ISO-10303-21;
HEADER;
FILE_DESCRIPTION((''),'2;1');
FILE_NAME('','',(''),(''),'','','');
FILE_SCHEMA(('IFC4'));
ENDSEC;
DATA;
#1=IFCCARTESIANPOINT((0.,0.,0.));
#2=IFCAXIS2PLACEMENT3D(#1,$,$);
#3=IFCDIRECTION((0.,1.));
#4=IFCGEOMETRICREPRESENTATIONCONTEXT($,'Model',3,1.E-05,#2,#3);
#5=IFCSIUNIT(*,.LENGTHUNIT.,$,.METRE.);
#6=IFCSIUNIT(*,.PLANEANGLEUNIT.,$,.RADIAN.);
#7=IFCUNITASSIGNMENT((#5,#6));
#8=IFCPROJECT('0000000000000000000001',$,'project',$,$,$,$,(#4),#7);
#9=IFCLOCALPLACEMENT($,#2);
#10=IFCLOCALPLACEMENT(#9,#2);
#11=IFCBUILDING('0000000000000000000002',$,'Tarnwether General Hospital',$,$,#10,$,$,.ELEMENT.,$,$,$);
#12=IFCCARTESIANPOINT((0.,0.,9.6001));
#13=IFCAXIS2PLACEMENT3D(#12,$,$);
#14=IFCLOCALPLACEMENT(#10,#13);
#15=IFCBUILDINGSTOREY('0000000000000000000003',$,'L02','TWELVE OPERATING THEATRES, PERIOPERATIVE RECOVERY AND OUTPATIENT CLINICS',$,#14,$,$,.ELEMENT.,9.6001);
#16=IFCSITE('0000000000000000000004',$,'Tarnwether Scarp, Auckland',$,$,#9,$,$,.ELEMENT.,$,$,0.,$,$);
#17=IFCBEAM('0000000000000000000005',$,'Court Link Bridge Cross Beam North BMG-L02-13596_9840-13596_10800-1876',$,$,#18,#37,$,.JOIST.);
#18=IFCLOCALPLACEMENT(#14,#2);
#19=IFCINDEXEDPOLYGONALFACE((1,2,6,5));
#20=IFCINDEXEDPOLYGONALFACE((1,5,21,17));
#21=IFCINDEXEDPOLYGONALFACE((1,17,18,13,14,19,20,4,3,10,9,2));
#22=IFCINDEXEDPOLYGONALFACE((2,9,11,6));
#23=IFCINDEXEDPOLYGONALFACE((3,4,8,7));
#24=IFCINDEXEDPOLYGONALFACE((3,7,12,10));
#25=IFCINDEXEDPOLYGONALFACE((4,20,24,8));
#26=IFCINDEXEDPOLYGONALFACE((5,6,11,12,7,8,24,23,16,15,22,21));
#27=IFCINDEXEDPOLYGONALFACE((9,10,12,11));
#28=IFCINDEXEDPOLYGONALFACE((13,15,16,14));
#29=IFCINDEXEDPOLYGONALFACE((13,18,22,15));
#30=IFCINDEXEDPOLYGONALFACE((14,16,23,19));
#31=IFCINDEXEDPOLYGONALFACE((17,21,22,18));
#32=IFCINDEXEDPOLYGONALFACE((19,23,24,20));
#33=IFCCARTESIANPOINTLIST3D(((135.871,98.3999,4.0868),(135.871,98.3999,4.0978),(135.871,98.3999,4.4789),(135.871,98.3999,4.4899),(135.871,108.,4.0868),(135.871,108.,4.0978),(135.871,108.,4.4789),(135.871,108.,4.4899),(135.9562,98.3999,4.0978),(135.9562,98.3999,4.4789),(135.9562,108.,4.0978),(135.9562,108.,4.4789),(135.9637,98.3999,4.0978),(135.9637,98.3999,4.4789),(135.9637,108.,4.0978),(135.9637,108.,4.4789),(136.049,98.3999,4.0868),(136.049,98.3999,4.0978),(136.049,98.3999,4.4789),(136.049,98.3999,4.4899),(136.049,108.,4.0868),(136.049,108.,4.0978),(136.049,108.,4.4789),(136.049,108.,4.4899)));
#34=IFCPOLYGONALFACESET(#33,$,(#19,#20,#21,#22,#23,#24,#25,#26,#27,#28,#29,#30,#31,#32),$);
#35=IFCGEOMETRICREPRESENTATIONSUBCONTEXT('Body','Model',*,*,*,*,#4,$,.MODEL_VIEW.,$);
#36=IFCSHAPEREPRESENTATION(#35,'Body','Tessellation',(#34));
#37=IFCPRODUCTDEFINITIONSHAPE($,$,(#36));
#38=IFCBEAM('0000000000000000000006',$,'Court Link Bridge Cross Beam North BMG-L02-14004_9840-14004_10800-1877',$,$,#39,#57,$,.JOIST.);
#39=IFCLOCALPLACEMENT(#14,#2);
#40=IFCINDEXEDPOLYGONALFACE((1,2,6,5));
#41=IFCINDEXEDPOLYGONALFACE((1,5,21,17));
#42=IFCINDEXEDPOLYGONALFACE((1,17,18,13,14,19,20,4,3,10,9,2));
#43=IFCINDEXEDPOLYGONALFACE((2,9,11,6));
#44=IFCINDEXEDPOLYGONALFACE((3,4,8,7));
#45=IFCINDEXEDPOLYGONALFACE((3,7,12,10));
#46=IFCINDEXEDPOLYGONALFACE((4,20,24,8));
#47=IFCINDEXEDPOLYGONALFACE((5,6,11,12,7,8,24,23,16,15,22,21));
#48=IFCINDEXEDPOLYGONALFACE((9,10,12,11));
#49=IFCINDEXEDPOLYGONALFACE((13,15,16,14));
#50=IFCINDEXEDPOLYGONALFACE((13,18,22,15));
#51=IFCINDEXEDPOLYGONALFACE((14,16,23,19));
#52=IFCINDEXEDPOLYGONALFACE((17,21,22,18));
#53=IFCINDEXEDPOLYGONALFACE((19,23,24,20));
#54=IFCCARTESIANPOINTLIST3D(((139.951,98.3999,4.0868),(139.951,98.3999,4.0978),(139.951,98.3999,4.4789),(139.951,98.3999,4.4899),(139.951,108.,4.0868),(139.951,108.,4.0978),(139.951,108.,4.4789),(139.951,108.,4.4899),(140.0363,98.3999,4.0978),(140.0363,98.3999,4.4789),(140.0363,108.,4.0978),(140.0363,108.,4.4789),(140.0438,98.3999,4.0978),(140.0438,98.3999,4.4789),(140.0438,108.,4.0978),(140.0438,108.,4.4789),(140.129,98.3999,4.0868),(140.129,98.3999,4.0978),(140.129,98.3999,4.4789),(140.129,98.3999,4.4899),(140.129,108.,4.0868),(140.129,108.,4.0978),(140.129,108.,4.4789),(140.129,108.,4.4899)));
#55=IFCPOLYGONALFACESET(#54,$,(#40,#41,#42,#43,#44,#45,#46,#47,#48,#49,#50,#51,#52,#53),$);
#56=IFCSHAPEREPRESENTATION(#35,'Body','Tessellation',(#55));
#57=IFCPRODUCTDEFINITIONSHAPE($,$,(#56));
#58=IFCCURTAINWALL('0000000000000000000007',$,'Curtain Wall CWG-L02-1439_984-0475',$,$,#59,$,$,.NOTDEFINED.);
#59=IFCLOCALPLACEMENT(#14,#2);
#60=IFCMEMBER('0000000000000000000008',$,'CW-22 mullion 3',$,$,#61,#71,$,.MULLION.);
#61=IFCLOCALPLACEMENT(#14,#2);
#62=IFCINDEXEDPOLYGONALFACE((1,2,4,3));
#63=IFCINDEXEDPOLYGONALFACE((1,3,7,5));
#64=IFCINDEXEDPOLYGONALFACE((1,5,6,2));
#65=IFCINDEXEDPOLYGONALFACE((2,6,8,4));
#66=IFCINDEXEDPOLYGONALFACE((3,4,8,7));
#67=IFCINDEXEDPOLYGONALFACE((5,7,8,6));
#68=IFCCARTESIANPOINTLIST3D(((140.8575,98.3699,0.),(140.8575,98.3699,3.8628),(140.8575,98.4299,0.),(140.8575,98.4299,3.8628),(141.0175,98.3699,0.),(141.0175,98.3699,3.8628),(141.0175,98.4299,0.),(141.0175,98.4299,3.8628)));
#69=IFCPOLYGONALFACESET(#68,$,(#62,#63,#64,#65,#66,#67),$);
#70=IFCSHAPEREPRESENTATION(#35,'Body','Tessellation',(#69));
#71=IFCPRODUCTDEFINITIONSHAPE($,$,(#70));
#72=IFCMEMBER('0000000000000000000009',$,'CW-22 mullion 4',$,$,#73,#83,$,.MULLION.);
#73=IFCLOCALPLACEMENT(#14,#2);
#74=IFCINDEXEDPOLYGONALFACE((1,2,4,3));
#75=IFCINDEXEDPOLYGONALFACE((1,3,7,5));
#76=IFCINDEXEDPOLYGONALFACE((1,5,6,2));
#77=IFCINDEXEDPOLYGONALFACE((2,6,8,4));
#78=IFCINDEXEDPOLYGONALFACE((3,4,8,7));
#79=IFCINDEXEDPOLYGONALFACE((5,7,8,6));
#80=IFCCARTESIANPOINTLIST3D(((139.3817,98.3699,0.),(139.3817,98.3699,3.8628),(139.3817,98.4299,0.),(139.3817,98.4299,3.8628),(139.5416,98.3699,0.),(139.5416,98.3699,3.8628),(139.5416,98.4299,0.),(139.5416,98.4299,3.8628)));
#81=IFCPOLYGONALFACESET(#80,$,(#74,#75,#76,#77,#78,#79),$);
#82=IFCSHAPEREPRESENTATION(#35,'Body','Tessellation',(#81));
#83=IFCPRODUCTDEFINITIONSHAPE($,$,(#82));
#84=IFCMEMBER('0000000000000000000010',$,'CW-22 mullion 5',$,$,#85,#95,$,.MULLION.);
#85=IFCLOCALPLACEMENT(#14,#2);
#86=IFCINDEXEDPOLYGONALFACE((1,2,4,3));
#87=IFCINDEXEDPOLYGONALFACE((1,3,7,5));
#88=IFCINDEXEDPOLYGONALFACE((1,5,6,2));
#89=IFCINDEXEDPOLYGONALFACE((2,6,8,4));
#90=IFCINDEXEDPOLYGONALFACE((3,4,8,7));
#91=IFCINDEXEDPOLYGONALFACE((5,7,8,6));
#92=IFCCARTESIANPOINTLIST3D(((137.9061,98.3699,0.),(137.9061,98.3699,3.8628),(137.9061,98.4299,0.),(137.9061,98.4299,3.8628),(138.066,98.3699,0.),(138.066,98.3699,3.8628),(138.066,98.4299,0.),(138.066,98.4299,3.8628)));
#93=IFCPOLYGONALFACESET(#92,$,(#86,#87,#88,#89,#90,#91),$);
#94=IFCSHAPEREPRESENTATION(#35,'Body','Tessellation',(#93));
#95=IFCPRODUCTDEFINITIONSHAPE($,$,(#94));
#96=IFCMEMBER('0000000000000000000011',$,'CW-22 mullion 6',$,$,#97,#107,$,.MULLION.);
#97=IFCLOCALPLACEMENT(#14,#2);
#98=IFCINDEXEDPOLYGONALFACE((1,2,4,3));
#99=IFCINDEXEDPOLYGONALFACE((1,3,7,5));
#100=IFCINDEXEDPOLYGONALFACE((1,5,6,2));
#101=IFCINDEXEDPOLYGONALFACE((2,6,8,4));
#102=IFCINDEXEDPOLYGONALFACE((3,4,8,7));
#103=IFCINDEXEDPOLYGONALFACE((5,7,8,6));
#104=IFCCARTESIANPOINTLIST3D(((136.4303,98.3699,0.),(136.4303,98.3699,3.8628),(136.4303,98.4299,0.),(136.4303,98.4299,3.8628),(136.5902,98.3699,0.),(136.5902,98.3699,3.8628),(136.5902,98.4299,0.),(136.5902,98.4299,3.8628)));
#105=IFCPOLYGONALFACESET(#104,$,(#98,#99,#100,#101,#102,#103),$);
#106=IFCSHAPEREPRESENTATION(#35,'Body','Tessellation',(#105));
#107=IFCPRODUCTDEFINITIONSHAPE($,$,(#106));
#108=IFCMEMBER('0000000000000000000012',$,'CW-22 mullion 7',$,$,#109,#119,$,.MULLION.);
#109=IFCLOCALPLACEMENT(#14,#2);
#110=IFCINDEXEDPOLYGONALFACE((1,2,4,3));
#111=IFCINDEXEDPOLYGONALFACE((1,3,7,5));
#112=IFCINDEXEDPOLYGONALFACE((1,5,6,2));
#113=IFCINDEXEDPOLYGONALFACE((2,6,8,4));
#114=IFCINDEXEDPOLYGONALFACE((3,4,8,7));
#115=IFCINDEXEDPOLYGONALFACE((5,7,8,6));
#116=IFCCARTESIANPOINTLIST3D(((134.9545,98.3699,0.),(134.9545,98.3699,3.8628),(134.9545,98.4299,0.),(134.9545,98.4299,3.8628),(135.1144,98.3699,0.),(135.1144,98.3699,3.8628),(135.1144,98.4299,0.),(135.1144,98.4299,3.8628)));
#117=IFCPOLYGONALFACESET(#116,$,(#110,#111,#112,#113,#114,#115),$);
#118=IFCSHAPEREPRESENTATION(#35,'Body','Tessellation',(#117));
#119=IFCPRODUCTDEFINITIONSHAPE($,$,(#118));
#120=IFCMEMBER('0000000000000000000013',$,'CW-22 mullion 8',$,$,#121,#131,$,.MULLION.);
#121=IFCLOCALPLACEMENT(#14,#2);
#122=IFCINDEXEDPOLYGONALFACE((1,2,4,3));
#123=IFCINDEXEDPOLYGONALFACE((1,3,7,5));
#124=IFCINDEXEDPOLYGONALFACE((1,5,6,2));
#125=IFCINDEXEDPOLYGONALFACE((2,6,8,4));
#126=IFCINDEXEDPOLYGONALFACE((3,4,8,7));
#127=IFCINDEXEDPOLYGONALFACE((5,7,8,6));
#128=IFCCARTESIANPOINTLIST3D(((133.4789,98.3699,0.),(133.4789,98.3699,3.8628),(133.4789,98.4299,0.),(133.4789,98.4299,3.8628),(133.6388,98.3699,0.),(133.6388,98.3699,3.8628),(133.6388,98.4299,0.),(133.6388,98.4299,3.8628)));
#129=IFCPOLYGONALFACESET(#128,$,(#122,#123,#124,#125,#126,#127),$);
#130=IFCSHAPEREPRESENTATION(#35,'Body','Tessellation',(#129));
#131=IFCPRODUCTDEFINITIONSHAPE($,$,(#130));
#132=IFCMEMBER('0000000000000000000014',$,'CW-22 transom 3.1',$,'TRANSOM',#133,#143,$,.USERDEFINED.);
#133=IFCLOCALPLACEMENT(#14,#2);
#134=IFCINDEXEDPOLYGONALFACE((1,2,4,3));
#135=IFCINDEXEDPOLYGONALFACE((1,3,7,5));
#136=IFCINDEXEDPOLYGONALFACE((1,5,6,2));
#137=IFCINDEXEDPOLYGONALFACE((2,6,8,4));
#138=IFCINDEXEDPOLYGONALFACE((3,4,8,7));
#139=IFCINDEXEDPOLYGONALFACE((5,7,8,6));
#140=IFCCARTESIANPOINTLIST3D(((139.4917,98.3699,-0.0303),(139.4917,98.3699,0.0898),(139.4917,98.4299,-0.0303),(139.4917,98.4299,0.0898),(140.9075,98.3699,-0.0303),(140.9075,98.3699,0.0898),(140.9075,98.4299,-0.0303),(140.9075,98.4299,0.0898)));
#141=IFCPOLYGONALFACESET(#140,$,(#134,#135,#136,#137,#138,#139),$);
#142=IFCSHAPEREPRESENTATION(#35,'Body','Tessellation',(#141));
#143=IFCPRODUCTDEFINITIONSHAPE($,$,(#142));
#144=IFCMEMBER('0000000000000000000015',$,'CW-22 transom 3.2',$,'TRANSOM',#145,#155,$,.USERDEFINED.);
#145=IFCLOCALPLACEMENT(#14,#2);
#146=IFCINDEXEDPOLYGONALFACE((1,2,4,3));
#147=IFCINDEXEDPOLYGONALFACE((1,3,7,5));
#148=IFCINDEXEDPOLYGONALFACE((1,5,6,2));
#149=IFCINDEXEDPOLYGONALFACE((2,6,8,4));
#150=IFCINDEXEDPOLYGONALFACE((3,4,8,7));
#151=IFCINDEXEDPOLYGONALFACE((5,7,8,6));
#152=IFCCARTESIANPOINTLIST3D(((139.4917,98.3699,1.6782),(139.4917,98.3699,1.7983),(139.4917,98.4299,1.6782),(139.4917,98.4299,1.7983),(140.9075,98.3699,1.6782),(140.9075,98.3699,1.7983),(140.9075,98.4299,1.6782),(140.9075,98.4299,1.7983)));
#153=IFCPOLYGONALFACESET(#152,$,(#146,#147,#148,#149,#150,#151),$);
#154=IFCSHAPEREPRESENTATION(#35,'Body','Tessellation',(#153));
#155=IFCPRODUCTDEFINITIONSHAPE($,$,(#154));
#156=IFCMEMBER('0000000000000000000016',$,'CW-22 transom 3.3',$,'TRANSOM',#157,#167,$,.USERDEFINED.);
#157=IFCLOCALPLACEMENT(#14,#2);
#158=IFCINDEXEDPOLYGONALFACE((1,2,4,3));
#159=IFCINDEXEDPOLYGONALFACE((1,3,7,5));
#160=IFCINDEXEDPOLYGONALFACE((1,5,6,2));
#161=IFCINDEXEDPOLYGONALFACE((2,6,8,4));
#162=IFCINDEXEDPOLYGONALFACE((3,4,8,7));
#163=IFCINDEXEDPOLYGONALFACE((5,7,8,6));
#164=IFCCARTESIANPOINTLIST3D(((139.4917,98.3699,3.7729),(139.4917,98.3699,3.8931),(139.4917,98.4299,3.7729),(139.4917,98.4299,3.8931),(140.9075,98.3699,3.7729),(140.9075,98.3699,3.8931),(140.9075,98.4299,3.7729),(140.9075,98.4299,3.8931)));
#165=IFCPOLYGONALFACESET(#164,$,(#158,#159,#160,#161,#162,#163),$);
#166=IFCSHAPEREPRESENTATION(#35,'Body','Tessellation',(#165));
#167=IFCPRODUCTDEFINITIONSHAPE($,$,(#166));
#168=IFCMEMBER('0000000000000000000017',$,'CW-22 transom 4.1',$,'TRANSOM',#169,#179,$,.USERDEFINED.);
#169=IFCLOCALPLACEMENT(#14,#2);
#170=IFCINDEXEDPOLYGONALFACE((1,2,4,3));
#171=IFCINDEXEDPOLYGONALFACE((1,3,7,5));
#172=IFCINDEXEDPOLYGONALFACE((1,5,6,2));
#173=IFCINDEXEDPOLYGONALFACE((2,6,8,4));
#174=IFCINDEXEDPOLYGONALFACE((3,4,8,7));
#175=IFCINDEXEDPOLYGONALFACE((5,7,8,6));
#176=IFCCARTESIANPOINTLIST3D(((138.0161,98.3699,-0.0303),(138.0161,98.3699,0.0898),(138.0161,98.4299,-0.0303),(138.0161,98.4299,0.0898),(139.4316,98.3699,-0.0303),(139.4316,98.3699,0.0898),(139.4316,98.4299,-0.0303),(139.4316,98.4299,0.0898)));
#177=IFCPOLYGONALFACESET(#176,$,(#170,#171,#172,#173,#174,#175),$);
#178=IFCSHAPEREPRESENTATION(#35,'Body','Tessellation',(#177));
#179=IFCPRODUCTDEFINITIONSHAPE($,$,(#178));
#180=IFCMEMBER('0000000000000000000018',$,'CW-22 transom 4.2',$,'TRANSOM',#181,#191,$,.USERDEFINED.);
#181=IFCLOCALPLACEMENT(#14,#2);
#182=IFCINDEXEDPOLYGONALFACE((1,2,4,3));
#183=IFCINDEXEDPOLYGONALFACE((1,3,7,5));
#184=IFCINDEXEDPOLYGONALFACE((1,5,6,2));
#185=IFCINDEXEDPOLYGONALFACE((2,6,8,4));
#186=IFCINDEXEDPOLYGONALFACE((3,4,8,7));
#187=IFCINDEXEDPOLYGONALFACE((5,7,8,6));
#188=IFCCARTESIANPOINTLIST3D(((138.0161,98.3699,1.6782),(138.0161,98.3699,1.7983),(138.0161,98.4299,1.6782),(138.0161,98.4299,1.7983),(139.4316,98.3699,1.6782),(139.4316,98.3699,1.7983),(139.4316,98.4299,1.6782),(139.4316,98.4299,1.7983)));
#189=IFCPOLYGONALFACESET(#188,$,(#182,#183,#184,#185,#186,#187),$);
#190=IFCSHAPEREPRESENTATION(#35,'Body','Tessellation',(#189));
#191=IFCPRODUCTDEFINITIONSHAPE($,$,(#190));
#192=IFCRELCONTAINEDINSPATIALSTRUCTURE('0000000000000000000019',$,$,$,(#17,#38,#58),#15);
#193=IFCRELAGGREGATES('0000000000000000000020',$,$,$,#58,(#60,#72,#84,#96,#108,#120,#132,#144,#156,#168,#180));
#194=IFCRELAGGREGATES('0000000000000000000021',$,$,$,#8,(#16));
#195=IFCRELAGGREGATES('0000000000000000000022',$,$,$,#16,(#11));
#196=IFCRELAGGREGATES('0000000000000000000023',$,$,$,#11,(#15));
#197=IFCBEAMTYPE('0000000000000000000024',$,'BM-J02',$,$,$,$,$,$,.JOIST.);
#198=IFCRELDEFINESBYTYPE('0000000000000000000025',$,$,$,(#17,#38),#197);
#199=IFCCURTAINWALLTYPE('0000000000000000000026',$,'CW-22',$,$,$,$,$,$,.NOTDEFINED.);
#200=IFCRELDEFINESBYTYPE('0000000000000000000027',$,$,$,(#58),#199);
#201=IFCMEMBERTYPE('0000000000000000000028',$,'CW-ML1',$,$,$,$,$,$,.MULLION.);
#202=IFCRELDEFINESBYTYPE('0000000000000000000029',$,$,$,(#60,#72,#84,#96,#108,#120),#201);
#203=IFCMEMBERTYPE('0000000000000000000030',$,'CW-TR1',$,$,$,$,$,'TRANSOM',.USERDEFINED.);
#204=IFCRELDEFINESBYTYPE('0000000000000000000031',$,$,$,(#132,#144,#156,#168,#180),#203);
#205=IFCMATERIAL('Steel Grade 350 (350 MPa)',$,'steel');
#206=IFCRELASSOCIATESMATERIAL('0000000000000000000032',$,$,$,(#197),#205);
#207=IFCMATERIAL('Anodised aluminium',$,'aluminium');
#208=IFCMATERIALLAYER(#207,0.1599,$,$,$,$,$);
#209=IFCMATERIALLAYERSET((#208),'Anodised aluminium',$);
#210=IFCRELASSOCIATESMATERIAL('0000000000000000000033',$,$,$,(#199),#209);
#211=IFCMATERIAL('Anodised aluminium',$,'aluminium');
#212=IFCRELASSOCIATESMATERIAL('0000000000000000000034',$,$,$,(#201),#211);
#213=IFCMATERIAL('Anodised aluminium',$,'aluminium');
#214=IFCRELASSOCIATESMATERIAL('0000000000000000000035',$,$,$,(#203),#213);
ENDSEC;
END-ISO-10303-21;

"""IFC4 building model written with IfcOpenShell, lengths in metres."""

from ifc_helpers import new_model, si_unit, direction, frame, origin, origin_2d, place, context, subcontext, project, spatial, rectangle, i_section, extrude, material, layer, layer_set, material_profile, profile_set, type_object, element, aggregate, save


model = new_model("IFC4")

# Units and contexts
model_context = context("Model", 3, precision=1e-05, world=origin(), true_north=direction((0.0, 1.0)))
body_context = subcontext(model_context, "Body", "Model", "MODEL_VIEW")
ifc_project = project(units=[si_unit("LENGTHUNIT", "METRE"), si_unit("PLANEANGLEUNIT", "RADIAN")], contexts=[model_context])

# Site, building, storey
site_placement = place(None, origin())
site = spatial("IfcSite", under=ifc_project, at=site_placement, Name="Tarnwether Scarp, Auckland", CompositionType="ELEMENT", RefElevation=0.0)
building_placement = place(site_placement, origin())
building = spatial("IfcBuilding", under=site, at=building_placement, Name="Tarnwether General Hospital", CompositionType="ELEMENT")
storey_placement = place(building_placement, frame((0.0, 0.0, 9.6001)))
storey = spatial("IfcBuildingStorey", under=building, at=storey_placement, Name="L02", Description="TWELVE OPERATING THEATRES, PERIOPERATIVE RECOVERY AND OUTPATIENT CLINICS", CompositionType="ELEMENT", Elevation=9.6001)

# Beams
ifc_material_1 = material(Name="Steel Grade 350 (350 MPa)", Category="steel")
ifc_material_profile_1 = material_profile(ifc_material_1, i_section(OverallWidth=0.178, OverallDepth=0.4031, WebThickness=0.0076, FlangeThickness=0.011, at=origin_2d()), Name="410UB53.7")
ifc_profile_set_1 = profile_set([ifc_material_profile_1], Name="Steel Grade 350 (350 MPa)")
beam_type = type_object("IfcBeamType", Name="BM-J02", PredefinedType="JOIST", material=ifc_profile_set_1)
for number, where, z_axis, x_axis, name in (
    (1, (135.96, 98.3999, 4.2883), (0.0, 1.0, 0.0), (-1.0, 0.0, 0.0), "Court Link Bridge Cross Beam North BMG-L02-13596_9840-13596_10800-1876"),
    (2, (140.04, 98.3999, 4.2883), (0.0, 1.0, 0.0), (-1.0, 0.0, 0.0), "Court Link Bridge Cross Beam North BMG-L02-14004_9840-14004_10800-1877"),
):
    element("IfcBeam", number, at=place(storey_placement, frame(where, z_axis=z_axis, x_axis=x_axis)), inside=storey, type_object=beam_type, Name=name, PredefinedType="JOIST", context=body_context, shape_type="SweptSolid", body=[
        extrude(i_section(OverallWidth=0.178, OverallDepth=0.4031, WebThickness=0.0076, FlangeThickness=0.011, at=origin_2d()), origin(), (0.0, 0.0, 1.0), 9.6001),
    ])

# Curtain wall, members
ifc_material_2 = material(Name="Anodised aluminium", Category="aluminium")
ifc_layer_1 = layer(ifc_material_2, 0.1599)
ifc_layer_set_1 = layer_set([ifc_layer_1], Name="Anodised aluminium")
curtain_wall_type = type_object("IfcCurtainWallType", Name="CW-22", PredefinedType="NOTDEFINED", material=ifc_layer_set_1)
curtain_wall_placement = place(storey_placement, origin())
curtain_wall = element("IfcCurtainWall", 3, at=curtain_wall_placement, inside=storey, type_object=curtain_wall_type, Name="Curtain Wall CWG-L02-1439_984-0475", PredefinedType="NOTDEFINED")
ifc_material_3 = material(Name="Anodised aluminium", Category="aluminium")
ifc_material_profile_2 = material_profile(ifc_material_3, rectangle(XDim=0.0601, YDim=0.1599, at=origin_2d()), Name="ALU-MUL-60x160")
ifc_profile_set_2 = profile_set([ifc_material_profile_2], Name="Anodised aluminium")
member_type_1 = type_object("IfcMemberType", Name="CW-ML1", PredefinedType="MULLION", material=ifc_profile_set_2)
member_1_placement = place(storey_placement, frame((140.9375, 98.3999, 0.0), z_axis=(0.0, 0.0, 1.0), x_axis=(0.0, -1.0, 0.0)))
member_1 = element("IfcMember", 4, at=member_1_placement, type_object=member_type_1, Name="CW-22 mullion 3", PredefinedType="MULLION", context=body_context, shape_type="SweptSolid", body=[
    extrude(rectangle(XDim=0.0601, YDim=0.1599, at=origin_2d()), origin(), (0.0, 0.0, 1.0), 3.8628),
])
member_2_placement = place(storey_placement, frame((139.4617, 98.3999, 0.0), z_axis=(0.0, 0.0, 1.0), x_axis=(0.0, -1.0, 0.0)))
member_2 = element("IfcMember", 5, at=member_2_placement, type_object=member_type_1, Name="CW-22 mullion 4", PredefinedType="MULLION", context=body_context, shape_type="SweptSolid", body=[
    extrude(rectangle(XDim=0.0601, YDim=0.1599, at=origin_2d()), origin(), (0.0, 0.0, 1.0), 3.8628),
])
member_3_placement = place(storey_placement, frame((137.9861, 98.3999, 0.0), z_axis=(0.0, 0.0, 1.0), x_axis=(0.0, -1.0, 0.0)))
member_3 = element("IfcMember", 6, at=member_3_placement, type_object=member_type_1, Name="CW-22 mullion 5", PredefinedType="MULLION", context=body_context, shape_type="SweptSolid", body=[
    extrude(rectangle(XDim=0.0601, YDim=0.1599, at=origin_2d()), origin(), (0.0, 0.0, 1.0), 3.8628),
])
member_4_placement = place(storey_placement, frame((136.5103, 98.3999, 0.0), z_axis=(0.0, 0.0, 1.0), x_axis=(0.0, -1.0, 0.0)))
member_4 = element("IfcMember", 7, at=member_4_placement, type_object=member_type_1, Name="CW-22 mullion 6", PredefinedType="MULLION", context=body_context, shape_type="SweptSolid", body=[
    extrude(rectangle(XDim=0.0601, YDim=0.1599, at=origin_2d()), origin(), (0.0, 0.0, 1.0), 3.8628),
])
member_5_placement = place(storey_placement, frame((135.0344, 98.3999, 0.0), z_axis=(0.0, 0.0, 1.0), x_axis=(0.0, -1.0, 0.0)))
member_5 = element("IfcMember", 8, at=member_5_placement, type_object=member_type_1, Name="CW-22 mullion 7", PredefinedType="MULLION", context=body_context, shape_type="SweptSolid", body=[
    extrude(rectangle(XDim=0.0601, YDim=0.1599, at=origin_2d()), origin(), (0.0, 0.0, 1.0), 3.8628),
])
member_6_placement = place(storey_placement, frame((133.5588, 98.3999, 0.0), z_axis=(0.0, 0.0, 1.0), x_axis=(0.0, -1.0, 0.0)))
member_6 = element("IfcMember", 9, at=member_6_placement, type_object=member_type_1, Name="CW-22 mullion 8", PredefinedType="MULLION", context=body_context, shape_type="SweptSolid", body=[
    extrude(rectangle(XDim=0.0601, YDim=0.1599, at=origin_2d()), origin(), (0.0, 0.0, 1.0), 3.8628),
])
ifc_material_4 = material(Name="Anodised aluminium", Category="aluminium")
ifc_material_profile_3 = material_profile(ifc_material_4, rectangle(XDim=0.0601, YDim=0.1201, at=origin_2d()), Name="ALU-TRN-60x120")
ifc_profile_set_3 = profile_set([ifc_material_profile_3], Name="Anodised aluminium")
member_type_2 = type_object("IfcMemberType", Name="CW-TR1", ElementType="TRANSOM", PredefinedType="USERDEFINED", material=ifc_profile_set_3)
member_7_placement = place(storey_placement, frame((140.9075, 98.3999, 0.0298), z_axis=(-1.0, 0.0, 0.0), x_axis=(0.0, -1.0, 0.0)))
member_7 = element("IfcMember", 10, at=member_7_placement, type_object=member_type_2, Name="CW-22 transom 3.1", ObjectType="TRANSOM", PredefinedType="USERDEFINED", context=body_context, shape_type="SweptSolid", body=[
    extrude(rectangle(XDim=0.0601, YDim=0.1201, at=origin_2d()), origin(), (0.0, 0.0, 1.0), 1.4158),
])
member_8_placement = place(storey_placement, frame((140.9075, 98.3999, 1.7383), z_axis=(-1.0, 0.0, 0.0), x_axis=(0.0, -1.0, 0.0)))
member_8 = element("IfcMember", 11, at=member_8_placement, type_object=member_type_2, Name="CW-22 transom 3.2", ObjectType="TRANSOM", PredefinedType="USERDEFINED", context=body_context, shape_type="SweptSolid", body=[
    extrude(rectangle(XDim=0.0601, YDim=0.1201, at=origin_2d()), origin(), (0.0, 0.0, 1.0), 1.4158),
])
member_9_placement = place(storey_placement, frame((140.9075, 98.3999, 3.833), z_axis=(-1.0, 0.0, 0.0), x_axis=(0.0, -1.0, 0.0)))
member_9 = element("IfcMember", 12, at=member_9_placement, type_object=member_type_2, Name="CW-22 transom 3.3", ObjectType="TRANSOM", PredefinedType="USERDEFINED", context=body_context, shape_type="SweptSolid", body=[
    extrude(rectangle(XDim=0.0601, YDim=0.1201, at=origin_2d()), origin(), (0.0, 0.0, 1.0), 1.4158),
])
member_10_placement = place(storey_placement, frame((139.4316, 98.3999, 0.0298), z_axis=(-1.0, 0.0, 0.0), x_axis=(0.0, -1.0, 0.0)))
member_10 = element("IfcMember", 13, at=member_10_placement, type_object=member_type_2, Name="CW-22 transom 4.1", ObjectType="TRANSOM", PredefinedType="USERDEFINED", context=body_context, shape_type="SweptSolid", body=[
    extrude(rectangle(XDim=0.0601, YDim=0.1201, at=origin_2d()), origin(), (0.0, 0.0, 1.0), 1.4155),
])
member_11_placement = place(storey_placement, frame((139.4316, 98.3999, 1.7383), z_axis=(-1.0, 0.0, 0.0), x_axis=(0.0, -1.0, 0.0)))
member_11 = element("IfcMember", 14, at=member_11_placement, type_object=member_type_2, Name="CW-22 transom 4.2", ObjectType="TRANSOM", PredefinedType="USERDEFINED", context=body_context, shape_type="SweptSolid", body=[
    extrude(rectangle(XDim=0.0601, YDim=0.1201, at=origin_2d()), origin(), (0.0, 0.0, 1.0), 1.4155),
])
aggregate(curtain_wall, [member_1, member_2, member_3, member_4, member_5, member_6, member_7, member_8, member_9, member_10, member_11])

save(model, "model.ifc")
